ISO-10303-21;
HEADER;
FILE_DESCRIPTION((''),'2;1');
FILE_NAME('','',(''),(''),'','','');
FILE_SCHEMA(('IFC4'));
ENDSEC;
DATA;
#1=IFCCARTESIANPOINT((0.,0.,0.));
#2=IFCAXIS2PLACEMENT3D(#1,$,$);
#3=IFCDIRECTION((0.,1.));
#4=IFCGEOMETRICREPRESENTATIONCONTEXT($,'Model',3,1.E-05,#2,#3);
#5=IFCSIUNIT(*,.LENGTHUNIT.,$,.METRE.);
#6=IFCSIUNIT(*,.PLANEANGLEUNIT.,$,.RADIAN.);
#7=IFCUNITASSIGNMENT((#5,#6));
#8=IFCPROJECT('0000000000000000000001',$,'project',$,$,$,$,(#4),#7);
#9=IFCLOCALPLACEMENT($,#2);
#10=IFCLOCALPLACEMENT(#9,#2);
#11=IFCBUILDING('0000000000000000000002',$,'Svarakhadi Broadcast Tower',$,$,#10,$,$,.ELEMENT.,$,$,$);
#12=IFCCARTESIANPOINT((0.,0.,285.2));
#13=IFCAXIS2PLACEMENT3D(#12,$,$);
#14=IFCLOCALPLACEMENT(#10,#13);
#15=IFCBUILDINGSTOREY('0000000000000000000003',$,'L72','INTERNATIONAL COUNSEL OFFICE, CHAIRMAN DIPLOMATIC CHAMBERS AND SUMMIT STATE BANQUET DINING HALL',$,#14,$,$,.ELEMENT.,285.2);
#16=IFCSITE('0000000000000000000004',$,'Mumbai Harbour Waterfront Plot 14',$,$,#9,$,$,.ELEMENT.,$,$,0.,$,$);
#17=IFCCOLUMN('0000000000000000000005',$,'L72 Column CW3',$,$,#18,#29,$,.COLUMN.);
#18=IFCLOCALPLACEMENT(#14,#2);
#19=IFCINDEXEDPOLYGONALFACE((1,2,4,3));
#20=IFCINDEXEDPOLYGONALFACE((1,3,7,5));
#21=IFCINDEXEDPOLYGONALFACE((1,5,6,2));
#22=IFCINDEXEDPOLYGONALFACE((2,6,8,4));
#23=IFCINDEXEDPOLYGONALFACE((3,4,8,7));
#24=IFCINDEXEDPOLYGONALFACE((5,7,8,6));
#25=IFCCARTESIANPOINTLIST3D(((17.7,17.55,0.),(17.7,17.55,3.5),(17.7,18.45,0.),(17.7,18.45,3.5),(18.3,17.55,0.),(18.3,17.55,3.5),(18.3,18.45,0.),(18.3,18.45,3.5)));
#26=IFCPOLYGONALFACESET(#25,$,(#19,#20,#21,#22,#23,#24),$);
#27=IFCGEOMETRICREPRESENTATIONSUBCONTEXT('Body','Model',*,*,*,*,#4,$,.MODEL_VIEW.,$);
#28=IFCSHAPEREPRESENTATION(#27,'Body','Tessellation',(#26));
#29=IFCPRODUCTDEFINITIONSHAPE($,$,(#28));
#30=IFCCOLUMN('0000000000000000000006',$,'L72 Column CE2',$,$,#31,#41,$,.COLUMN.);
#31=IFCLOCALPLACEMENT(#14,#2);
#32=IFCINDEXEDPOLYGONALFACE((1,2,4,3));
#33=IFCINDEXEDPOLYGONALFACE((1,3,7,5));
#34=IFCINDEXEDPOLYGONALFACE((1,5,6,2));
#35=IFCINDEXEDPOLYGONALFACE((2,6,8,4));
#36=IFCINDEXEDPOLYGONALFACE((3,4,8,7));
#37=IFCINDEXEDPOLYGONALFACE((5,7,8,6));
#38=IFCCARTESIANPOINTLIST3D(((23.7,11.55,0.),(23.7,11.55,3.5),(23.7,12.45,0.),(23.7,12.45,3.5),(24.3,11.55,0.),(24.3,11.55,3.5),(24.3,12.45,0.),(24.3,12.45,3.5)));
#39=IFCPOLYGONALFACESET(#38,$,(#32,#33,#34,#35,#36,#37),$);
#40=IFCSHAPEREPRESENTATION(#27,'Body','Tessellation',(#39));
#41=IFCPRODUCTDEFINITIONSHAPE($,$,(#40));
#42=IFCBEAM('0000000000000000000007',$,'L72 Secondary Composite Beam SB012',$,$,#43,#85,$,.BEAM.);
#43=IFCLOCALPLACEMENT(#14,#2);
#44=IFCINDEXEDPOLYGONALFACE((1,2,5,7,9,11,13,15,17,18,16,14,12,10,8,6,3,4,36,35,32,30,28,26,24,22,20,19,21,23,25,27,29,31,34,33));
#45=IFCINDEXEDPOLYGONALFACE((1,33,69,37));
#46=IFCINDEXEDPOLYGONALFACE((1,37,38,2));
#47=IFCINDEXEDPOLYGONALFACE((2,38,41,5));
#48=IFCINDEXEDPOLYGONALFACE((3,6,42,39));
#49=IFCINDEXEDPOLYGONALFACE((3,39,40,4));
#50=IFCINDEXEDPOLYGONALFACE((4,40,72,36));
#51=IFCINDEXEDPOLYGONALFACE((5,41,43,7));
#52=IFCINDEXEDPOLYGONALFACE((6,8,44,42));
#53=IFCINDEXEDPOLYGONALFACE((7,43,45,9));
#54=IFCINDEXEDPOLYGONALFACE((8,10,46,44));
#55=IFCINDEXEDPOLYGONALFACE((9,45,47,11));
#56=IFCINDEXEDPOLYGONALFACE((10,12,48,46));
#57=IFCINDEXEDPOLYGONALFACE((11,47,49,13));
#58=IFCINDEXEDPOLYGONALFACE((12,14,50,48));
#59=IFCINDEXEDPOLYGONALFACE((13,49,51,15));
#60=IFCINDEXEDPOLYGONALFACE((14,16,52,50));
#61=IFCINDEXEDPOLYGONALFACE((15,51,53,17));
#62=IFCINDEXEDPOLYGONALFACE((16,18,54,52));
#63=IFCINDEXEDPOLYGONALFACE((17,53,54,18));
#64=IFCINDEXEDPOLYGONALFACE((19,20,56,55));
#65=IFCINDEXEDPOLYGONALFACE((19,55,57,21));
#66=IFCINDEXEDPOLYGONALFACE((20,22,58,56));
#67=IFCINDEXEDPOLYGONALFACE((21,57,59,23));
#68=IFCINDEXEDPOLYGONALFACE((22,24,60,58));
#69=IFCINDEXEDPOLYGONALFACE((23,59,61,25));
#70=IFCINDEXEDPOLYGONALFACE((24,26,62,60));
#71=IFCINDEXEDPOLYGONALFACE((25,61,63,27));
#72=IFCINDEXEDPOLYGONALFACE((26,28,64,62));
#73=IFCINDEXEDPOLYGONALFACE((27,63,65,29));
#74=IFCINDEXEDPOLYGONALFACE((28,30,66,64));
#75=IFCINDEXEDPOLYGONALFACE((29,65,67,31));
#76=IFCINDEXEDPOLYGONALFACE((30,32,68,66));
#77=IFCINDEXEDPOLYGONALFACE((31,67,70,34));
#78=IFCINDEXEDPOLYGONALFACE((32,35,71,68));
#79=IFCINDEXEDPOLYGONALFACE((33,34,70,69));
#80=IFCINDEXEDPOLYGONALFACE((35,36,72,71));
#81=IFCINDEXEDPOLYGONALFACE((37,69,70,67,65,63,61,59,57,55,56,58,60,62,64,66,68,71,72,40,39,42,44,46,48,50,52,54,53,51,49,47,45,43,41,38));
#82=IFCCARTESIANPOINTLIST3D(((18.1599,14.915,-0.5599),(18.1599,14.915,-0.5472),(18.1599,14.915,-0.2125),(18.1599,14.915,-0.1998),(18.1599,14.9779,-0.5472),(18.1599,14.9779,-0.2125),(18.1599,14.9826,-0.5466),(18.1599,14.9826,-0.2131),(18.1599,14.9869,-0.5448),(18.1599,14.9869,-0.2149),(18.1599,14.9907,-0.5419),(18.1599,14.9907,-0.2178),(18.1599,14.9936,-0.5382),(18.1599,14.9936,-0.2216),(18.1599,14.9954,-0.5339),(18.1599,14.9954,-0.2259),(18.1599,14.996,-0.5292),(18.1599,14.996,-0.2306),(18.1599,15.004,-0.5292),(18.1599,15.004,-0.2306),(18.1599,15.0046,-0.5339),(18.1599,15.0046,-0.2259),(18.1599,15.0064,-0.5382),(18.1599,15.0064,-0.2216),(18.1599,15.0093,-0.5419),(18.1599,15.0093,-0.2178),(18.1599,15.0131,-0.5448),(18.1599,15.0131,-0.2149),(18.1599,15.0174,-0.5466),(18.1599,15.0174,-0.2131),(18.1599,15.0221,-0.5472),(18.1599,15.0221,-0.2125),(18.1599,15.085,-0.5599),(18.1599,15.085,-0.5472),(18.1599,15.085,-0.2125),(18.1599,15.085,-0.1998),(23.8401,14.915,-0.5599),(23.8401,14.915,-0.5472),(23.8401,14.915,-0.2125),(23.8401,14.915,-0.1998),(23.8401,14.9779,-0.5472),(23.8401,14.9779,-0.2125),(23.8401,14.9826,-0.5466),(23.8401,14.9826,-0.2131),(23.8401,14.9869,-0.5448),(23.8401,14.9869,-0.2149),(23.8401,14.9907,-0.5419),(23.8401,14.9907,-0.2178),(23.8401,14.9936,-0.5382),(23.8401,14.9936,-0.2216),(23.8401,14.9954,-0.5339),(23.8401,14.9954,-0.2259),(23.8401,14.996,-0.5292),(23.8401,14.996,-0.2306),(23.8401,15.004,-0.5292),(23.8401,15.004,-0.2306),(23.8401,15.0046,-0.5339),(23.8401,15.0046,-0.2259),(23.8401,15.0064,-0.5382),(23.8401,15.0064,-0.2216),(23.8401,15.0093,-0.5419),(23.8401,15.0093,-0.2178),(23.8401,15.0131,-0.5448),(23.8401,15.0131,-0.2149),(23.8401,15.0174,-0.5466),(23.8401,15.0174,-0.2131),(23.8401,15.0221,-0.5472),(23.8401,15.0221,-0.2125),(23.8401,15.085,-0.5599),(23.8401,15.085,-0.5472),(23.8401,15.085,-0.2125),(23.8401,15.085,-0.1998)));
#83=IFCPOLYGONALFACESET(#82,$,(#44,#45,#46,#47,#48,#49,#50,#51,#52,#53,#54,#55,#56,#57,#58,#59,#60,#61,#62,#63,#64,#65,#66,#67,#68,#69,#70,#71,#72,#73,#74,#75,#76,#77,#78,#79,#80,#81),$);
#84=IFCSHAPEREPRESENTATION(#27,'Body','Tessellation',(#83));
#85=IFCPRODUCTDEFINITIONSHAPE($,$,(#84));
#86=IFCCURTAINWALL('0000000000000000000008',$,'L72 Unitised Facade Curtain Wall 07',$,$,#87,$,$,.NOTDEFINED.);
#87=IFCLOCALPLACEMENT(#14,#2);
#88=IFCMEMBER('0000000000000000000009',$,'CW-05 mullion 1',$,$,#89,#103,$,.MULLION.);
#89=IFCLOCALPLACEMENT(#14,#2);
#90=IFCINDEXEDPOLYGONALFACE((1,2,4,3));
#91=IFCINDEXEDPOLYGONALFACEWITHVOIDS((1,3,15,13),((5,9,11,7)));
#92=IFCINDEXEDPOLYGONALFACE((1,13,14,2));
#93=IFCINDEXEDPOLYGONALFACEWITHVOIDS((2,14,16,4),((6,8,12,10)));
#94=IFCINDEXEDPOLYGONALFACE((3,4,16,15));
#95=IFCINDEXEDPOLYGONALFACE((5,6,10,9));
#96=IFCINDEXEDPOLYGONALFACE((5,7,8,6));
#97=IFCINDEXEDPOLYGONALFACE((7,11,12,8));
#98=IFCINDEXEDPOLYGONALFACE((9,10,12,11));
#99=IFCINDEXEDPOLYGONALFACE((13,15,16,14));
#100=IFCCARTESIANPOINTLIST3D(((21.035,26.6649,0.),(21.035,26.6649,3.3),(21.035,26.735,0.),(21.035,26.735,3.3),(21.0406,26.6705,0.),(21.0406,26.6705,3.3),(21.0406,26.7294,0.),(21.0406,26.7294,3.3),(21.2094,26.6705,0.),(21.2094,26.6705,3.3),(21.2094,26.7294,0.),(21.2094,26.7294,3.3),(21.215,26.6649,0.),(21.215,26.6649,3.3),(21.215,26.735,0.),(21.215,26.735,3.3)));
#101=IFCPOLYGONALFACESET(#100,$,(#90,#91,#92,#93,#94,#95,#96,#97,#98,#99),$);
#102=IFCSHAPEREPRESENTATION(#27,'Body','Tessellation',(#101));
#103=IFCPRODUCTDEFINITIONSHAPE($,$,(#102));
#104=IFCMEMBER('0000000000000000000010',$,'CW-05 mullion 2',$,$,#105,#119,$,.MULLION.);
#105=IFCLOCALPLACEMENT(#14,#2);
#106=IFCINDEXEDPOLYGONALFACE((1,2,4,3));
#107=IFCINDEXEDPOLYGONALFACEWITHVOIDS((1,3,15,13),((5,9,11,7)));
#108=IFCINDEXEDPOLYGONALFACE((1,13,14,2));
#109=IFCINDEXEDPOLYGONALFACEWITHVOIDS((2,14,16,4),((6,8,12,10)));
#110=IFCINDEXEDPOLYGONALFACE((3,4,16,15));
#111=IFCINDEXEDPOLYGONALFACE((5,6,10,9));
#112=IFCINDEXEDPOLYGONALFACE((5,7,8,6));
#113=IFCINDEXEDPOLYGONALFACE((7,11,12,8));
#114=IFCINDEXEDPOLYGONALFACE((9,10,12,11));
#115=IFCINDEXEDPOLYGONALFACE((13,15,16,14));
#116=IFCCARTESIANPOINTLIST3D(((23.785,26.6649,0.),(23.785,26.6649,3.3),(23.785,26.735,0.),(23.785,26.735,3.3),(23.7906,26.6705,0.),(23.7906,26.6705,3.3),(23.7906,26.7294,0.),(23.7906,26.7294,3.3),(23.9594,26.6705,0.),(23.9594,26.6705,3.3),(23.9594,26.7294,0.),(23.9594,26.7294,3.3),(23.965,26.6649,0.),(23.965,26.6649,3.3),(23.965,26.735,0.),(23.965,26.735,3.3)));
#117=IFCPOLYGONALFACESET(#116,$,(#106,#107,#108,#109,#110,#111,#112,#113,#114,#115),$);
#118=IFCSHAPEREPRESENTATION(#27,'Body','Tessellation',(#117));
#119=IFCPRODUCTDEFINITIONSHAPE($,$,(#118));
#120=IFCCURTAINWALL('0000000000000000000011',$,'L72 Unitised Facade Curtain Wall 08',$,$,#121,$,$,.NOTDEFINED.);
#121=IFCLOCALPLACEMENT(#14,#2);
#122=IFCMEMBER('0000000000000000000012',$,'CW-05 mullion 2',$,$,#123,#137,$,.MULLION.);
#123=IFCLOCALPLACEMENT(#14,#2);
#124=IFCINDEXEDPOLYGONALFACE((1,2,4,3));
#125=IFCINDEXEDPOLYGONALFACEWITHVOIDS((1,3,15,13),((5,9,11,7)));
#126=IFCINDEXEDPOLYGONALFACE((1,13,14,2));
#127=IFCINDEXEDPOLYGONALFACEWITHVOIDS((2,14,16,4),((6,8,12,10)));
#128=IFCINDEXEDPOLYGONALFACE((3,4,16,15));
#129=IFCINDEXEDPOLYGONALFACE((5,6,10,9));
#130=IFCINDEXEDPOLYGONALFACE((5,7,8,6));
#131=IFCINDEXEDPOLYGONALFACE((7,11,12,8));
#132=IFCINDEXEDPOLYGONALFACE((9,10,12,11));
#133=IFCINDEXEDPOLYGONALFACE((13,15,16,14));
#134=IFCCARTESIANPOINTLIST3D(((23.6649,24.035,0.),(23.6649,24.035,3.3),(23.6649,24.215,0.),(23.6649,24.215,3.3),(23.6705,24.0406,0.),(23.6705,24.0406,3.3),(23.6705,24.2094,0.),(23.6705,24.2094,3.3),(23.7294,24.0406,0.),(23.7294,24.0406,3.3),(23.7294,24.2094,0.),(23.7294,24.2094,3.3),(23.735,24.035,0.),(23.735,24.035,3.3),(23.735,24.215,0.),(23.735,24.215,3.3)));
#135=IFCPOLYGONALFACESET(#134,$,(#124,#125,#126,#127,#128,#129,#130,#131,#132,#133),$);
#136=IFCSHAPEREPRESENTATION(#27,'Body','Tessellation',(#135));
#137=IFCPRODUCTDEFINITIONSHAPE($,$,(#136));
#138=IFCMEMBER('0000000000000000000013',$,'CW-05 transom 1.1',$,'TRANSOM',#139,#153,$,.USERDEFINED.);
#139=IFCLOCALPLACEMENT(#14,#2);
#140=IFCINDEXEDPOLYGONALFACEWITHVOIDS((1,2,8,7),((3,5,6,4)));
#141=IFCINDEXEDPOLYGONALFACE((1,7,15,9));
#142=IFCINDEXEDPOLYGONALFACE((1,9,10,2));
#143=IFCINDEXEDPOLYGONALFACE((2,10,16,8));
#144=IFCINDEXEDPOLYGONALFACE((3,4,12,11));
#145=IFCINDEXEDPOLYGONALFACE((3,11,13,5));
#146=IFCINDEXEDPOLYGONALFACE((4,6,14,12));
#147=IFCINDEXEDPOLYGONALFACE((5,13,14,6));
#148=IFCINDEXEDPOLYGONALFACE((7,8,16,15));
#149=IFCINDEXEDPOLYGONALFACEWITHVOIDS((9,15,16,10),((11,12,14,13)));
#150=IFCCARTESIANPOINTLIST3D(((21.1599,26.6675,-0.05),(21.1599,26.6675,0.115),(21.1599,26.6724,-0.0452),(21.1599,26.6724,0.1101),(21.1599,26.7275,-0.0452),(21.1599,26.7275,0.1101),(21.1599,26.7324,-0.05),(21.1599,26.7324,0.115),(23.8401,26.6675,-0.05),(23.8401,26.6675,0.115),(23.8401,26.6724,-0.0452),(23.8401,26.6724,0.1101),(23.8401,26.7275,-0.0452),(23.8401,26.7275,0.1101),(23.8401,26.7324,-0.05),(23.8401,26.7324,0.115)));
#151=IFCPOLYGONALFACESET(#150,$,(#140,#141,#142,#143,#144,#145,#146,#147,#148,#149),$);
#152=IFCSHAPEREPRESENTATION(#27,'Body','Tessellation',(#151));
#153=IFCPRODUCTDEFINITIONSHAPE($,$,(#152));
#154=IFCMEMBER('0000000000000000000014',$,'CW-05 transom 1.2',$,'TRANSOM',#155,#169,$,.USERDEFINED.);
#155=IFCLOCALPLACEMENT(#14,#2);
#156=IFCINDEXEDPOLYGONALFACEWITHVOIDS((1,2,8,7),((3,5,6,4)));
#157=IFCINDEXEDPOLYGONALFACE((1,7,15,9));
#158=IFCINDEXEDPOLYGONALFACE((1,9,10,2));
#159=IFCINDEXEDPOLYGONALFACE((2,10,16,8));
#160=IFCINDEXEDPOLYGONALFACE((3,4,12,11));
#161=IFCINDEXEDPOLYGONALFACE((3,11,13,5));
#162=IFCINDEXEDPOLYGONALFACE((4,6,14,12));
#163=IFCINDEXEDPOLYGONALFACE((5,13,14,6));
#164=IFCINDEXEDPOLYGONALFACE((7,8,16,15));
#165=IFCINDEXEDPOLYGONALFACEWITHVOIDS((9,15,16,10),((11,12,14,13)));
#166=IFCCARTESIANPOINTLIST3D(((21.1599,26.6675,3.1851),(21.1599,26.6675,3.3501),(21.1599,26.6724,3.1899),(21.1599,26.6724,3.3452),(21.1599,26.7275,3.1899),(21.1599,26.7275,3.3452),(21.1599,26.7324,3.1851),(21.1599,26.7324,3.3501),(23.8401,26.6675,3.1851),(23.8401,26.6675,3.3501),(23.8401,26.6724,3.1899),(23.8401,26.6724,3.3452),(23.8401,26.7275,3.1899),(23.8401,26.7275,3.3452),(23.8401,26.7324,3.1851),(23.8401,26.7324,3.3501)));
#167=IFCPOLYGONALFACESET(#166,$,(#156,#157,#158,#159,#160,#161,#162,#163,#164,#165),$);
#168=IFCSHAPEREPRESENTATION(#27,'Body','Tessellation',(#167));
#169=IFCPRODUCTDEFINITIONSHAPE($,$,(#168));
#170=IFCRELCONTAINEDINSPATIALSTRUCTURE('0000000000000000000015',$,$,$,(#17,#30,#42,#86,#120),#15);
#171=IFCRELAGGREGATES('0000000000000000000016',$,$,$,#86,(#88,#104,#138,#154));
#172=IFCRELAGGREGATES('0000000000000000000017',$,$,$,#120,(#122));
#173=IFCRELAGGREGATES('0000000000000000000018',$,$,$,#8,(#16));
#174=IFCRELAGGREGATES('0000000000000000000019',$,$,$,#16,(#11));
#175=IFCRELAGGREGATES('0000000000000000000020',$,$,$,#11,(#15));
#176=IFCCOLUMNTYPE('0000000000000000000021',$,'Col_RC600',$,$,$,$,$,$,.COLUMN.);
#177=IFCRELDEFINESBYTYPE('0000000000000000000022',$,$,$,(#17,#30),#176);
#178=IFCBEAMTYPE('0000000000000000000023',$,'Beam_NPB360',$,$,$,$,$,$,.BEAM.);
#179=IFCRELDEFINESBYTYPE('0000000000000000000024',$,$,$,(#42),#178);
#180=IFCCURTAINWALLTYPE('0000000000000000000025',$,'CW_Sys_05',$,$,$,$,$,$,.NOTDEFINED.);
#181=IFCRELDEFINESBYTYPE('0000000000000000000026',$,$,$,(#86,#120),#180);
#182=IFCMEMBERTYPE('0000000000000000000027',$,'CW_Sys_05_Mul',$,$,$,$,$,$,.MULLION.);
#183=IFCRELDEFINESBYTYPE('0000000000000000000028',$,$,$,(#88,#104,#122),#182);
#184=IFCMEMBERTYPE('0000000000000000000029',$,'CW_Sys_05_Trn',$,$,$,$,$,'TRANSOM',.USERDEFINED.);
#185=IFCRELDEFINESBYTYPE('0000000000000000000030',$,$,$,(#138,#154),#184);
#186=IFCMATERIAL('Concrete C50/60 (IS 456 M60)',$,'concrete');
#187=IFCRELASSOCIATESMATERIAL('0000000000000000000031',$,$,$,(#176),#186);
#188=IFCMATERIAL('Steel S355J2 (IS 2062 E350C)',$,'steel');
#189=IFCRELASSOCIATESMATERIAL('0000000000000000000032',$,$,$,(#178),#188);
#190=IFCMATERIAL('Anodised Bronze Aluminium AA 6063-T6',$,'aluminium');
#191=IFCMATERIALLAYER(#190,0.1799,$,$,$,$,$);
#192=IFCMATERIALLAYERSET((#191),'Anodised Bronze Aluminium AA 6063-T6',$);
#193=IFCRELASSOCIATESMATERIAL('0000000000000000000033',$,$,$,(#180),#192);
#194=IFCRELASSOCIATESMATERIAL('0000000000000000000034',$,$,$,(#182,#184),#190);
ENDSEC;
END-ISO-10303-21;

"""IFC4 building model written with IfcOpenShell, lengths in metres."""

from ifc_helpers import new_model, si_unit, direction, frame, origin, origin_2d, place, context, subcontext, project, spatial, rectangle, hollow_rectangle, i_section, extrude, material, layer, layer_set, material_profile, profile_set, type_object, element, aggregate, save


model = new_model("IFC4")

# Units and contexts
model_context = context("Model", 3, precision=1e-05, world=origin(), true_north=direction((0.0, 1.0)))
body_context = subcontext(model_context, "Body", "Model", "MODEL_VIEW")
ifc_project = project(units=[si_unit("LENGTHUNIT", "METRE"), si_unit("PLANEANGLEUNIT", "RADIAN")], contexts=[model_context])

# Site, building, storey
site_placement = place(None, origin())
site = spatial("IfcSite", under=ifc_project, at=site_placement, Name="Mumbai Harbour Waterfront Plot 14", CompositionType="ELEMENT", RefElevation=0.0)
building_placement = place(site_placement, origin())
building = spatial("IfcBuilding", under=site, at=building_placement, Name="Svarakhadi Broadcast Tower", CompositionType="ELEMENT")
storey_placement = place(building_placement, frame((0.0, 0.0, 285.2)))
storey = spatial("IfcBuildingStorey", under=building, at=storey_placement, Name="L72", Description="INTERNATIONAL COUNSEL OFFICE, CHAIRMAN DIPLOMATIC CHAMBERS AND SUMMIT STATE BANQUET DINING HALL", CompositionType="ELEMENT", Elevation=285.2)

# Columns
ifc_material_1 = material(Name="Concrete C50/60 (IS 456 M60)", Category="concrete")
ifc_material_profile_1 = material_profile(ifc_material_1, rectangle(XDim=0.6001, YDim=0.8999, at=origin_2d()), Name="RC 600x900")
ifc_profile_set_1 = profile_set([ifc_material_profile_1], Name="Concrete C50/60 (IS 456 M60)")
column_type = type_object("IfcColumnType", Name="Col_RC600", PredefinedType="COLUMN", material=ifc_profile_set_1)
for number, where, z_axis, x_axis, name in (
    (1, (18.0, 18.0, 0.0), (0.0, 0.0, 1.0), (1.0, 0.0, 0.0), "L72 Column CW3"),
    (2, (24.0, 12.0, 0.0), (0.0, 0.0, 1.0), (1.0, 0.0, 0.0), "L72 Column CE2"),
):
    element("IfcColumn", number, at=place(storey_placement, frame(where, z_axis=z_axis, x_axis=x_axis)), inside=storey, type_object=column_type, Name=name, PredefinedType="COLUMN", context=body_context, shape_type="SweptSolid", body=[
        extrude(rectangle(XDim=0.6001, YDim=0.8999, at=origin_2d()), origin(), (0.0, 0.0, 1.0), 3.5),
    ])

# Beam
ifc_material_2 = material(Name="Steel S355J2 (IS 2062 E350C)", Category="steel")
ifc_material_profile_2 = material_profile(ifc_material_2, i_section(OverallWidth=0.1699, OverallDepth=0.3601, WebThickness=0.0081, FlangeThickness=0.0127, FilletRadius=0.0181, at=origin_2d()), Name="NPB 360x170x57")
ifc_profile_set_2 = profile_set([ifc_material_profile_2], Name="Steel S355J2 (IS 2062 E350C)")
beam_type_1 = type_object("IfcBeamType", Name="Beam_NPB360", PredefinedType="BEAM", material=ifc_profile_set_2)
beam_1_placement = place(storey_placement, frame((18.1599, 15.0, -0.3799), z_axis=(1.0, 0.0, 0.0), x_axis=(0.0, 1.0, 0.0)))
element("IfcBeam", 3, at=beam_1_placement, inside=storey, type_object=beam_type_1, Name="L72 Secondary Composite Beam SB012", PredefinedType="BEAM", context=body_context, shape_type="SweptSolid", body=[
    extrude(i_section(OverallWidth=0.1699, OverallDepth=0.3601, WebThickness=0.0081, FlangeThickness=0.0127, FilletRadius=0.0181, at=origin_2d()), origin(), (0.0, 0.0, 1.0), 5.6802),
])

# Curtain wall, members
ifc_material_3 = material(Name="Anodised Bronze Aluminium AA 6063-T6", Category="aluminium")
ifc_layer_1 = layer(ifc_material_3, 0.1799)
ifc_layer_set_1 = layer_set([ifc_layer_1], Name="Anodised Bronze Aluminium AA 6063-T6")
curtain_wall_type = type_object("IfcCurtainWallType", Name="CW_Sys_05", PredefinedType="NOTDEFINED", material=ifc_layer_set_1)
curtain_wall_1_placement = place(storey_placement, origin())
curtain_wall_1 = element("IfcCurtainWall", 4, at=curtain_wall_1_placement, inside=storey, type_object=curtain_wall_type, Name="L72 Unitised Facade Curtain Wall 07", PredefinedType="NOTDEFINED")
ifc_material_profile_3 = material_profile(ifc_material_3, hollow_rectangle(XDim=0.0701, YDim=0.1799, WallThickness=0.0056, at=origin_2d()), Name="ALU MULLION 180x70x6")
ifc_profile_set_3 = profile_set([ifc_material_profile_3], Name="Anodised Bronze Aluminium AA 6063-T6")
member_type_1 = type_object("IfcMemberType", Name="CW_Sys_05_Mul", PredefinedType="MULLION", material=ifc_profile_set_3)
member_1_placement = place(storey_placement, frame((21.125, 26.7, 0.0), z_axis=(0.0, 0.0, 1.0), x_axis=(0.0, 1.0, 0.0)))
member_1 = element("IfcMember", 5, at=member_1_placement, type_object=member_type_1, Name="CW-05 mullion 1", PredefinedType="MULLION", context=body_context, shape_type="SweptSolid", body=[
    extrude(hollow_rectangle(XDim=0.0701, YDim=0.1799, WallThickness=0.0056, at=origin_2d()), origin(), (0.0, 0.0, 1.0), 3.3),
])
member_2_placement = place(storey_placement, frame((23.875, 26.7, 0.0), z_axis=(0.0, 0.0, 1.0), x_axis=(0.0, 1.0, 0.0)))
member_2 = element("IfcMember", 6, at=member_2_placement, type_object=member_type_1, Name="CW-05 mullion 2", PredefinedType="MULLION", context=body_context, shape_type="SweptSolid", body=[
    extrude(hollow_rectangle(XDim=0.0701, YDim=0.1799, WallThickness=0.0056, at=origin_2d()), origin(), (0.0, 0.0, 1.0), 3.3),
])

# Curtain wall, member
curtain_wall_2_placement = place(storey_placement, origin())
curtain_wall_2 = element("IfcCurtainWall", 7, at=curtain_wall_2_placement, inside=storey, type_object=curtain_wall_type, Name="L72 Unitised Facade Curtain Wall 08", PredefinedType="NOTDEFINED")
member_3_placement = place(storey_placement, frame((23.7, 24.125, 0.0), z_axis=(0.0, 0.0, 1.0), x_axis=(1.0, 0.0, 0.0)))
member_3 = element("IfcMember", 8, at=member_3_placement, type_object=member_type_1, Name="CW-05 mullion 2", PredefinedType="MULLION", context=body_context, shape_type="SweptSolid", body=[
    extrude(hollow_rectangle(XDim=0.0701, YDim=0.1799, WallThickness=0.0056, at=origin_2d()), origin(), (0.0, 0.0, 1.0), 3.3),
])

# Members
ifc_material_profile_4 = material_profile(ifc_material_3, hollow_rectangle(XDim=0.0649, YDim=0.165, WallThickness=0.0049, at=origin_2d()), Name="ALU TRANSOM 165x65x5")
ifc_profile_set_4 = profile_set([ifc_material_profile_4], Name="Anodised Bronze Aluminium AA 6063-T6")
member_type_2 = type_object("IfcMemberType", Name="CW_Sys_05_Trn", ElementType="TRANSOM", PredefinedType="USERDEFINED", material=ifc_profile_set_4)
member_4_placement = place(storey_placement, frame((21.1599, 26.7, 0.0325), z_axis=(1.0, 0.0, 0.0), x_axis=(0.0, 1.0, 0.0)))
member_4 = element("IfcMember", 9, at=member_4_placement, type_object=member_type_2, Name="CW-05 transom 1.1", ObjectType="TRANSOM", PredefinedType="USERDEFINED", context=body_context, shape_type="SweptSolid", body=[
    extrude(hollow_rectangle(XDim=0.0649, YDim=0.165, WallThickness=0.0049, at=origin_2d()), origin(), (0.0, 0.0, 1.0), 2.6802),
])
member_5_placement = place(storey_placement, frame((21.1599, 26.7, 3.2676), z_axis=(1.0, 0.0, 0.0), x_axis=(0.0, 1.0, 0.0)))
member_5 = element("IfcMember", 10, at=member_5_placement, type_object=member_type_2, Name="CW-05 transom 1.2", ObjectType="TRANSOM", PredefinedType="USERDEFINED", context=body_context, shape_type="SweptSolid", body=[
    extrude(hollow_rectangle(XDim=0.0649, YDim=0.165, WallThickness=0.0049, at=origin_2d()), origin(), (0.0, 0.0, 1.0), 2.6802),
])

aggregate(curtain_wall_1, [member_1, member_2, member_4, member_5])
aggregate(curtain_wall_2, [member_3])

save(model, "model.ifc")
